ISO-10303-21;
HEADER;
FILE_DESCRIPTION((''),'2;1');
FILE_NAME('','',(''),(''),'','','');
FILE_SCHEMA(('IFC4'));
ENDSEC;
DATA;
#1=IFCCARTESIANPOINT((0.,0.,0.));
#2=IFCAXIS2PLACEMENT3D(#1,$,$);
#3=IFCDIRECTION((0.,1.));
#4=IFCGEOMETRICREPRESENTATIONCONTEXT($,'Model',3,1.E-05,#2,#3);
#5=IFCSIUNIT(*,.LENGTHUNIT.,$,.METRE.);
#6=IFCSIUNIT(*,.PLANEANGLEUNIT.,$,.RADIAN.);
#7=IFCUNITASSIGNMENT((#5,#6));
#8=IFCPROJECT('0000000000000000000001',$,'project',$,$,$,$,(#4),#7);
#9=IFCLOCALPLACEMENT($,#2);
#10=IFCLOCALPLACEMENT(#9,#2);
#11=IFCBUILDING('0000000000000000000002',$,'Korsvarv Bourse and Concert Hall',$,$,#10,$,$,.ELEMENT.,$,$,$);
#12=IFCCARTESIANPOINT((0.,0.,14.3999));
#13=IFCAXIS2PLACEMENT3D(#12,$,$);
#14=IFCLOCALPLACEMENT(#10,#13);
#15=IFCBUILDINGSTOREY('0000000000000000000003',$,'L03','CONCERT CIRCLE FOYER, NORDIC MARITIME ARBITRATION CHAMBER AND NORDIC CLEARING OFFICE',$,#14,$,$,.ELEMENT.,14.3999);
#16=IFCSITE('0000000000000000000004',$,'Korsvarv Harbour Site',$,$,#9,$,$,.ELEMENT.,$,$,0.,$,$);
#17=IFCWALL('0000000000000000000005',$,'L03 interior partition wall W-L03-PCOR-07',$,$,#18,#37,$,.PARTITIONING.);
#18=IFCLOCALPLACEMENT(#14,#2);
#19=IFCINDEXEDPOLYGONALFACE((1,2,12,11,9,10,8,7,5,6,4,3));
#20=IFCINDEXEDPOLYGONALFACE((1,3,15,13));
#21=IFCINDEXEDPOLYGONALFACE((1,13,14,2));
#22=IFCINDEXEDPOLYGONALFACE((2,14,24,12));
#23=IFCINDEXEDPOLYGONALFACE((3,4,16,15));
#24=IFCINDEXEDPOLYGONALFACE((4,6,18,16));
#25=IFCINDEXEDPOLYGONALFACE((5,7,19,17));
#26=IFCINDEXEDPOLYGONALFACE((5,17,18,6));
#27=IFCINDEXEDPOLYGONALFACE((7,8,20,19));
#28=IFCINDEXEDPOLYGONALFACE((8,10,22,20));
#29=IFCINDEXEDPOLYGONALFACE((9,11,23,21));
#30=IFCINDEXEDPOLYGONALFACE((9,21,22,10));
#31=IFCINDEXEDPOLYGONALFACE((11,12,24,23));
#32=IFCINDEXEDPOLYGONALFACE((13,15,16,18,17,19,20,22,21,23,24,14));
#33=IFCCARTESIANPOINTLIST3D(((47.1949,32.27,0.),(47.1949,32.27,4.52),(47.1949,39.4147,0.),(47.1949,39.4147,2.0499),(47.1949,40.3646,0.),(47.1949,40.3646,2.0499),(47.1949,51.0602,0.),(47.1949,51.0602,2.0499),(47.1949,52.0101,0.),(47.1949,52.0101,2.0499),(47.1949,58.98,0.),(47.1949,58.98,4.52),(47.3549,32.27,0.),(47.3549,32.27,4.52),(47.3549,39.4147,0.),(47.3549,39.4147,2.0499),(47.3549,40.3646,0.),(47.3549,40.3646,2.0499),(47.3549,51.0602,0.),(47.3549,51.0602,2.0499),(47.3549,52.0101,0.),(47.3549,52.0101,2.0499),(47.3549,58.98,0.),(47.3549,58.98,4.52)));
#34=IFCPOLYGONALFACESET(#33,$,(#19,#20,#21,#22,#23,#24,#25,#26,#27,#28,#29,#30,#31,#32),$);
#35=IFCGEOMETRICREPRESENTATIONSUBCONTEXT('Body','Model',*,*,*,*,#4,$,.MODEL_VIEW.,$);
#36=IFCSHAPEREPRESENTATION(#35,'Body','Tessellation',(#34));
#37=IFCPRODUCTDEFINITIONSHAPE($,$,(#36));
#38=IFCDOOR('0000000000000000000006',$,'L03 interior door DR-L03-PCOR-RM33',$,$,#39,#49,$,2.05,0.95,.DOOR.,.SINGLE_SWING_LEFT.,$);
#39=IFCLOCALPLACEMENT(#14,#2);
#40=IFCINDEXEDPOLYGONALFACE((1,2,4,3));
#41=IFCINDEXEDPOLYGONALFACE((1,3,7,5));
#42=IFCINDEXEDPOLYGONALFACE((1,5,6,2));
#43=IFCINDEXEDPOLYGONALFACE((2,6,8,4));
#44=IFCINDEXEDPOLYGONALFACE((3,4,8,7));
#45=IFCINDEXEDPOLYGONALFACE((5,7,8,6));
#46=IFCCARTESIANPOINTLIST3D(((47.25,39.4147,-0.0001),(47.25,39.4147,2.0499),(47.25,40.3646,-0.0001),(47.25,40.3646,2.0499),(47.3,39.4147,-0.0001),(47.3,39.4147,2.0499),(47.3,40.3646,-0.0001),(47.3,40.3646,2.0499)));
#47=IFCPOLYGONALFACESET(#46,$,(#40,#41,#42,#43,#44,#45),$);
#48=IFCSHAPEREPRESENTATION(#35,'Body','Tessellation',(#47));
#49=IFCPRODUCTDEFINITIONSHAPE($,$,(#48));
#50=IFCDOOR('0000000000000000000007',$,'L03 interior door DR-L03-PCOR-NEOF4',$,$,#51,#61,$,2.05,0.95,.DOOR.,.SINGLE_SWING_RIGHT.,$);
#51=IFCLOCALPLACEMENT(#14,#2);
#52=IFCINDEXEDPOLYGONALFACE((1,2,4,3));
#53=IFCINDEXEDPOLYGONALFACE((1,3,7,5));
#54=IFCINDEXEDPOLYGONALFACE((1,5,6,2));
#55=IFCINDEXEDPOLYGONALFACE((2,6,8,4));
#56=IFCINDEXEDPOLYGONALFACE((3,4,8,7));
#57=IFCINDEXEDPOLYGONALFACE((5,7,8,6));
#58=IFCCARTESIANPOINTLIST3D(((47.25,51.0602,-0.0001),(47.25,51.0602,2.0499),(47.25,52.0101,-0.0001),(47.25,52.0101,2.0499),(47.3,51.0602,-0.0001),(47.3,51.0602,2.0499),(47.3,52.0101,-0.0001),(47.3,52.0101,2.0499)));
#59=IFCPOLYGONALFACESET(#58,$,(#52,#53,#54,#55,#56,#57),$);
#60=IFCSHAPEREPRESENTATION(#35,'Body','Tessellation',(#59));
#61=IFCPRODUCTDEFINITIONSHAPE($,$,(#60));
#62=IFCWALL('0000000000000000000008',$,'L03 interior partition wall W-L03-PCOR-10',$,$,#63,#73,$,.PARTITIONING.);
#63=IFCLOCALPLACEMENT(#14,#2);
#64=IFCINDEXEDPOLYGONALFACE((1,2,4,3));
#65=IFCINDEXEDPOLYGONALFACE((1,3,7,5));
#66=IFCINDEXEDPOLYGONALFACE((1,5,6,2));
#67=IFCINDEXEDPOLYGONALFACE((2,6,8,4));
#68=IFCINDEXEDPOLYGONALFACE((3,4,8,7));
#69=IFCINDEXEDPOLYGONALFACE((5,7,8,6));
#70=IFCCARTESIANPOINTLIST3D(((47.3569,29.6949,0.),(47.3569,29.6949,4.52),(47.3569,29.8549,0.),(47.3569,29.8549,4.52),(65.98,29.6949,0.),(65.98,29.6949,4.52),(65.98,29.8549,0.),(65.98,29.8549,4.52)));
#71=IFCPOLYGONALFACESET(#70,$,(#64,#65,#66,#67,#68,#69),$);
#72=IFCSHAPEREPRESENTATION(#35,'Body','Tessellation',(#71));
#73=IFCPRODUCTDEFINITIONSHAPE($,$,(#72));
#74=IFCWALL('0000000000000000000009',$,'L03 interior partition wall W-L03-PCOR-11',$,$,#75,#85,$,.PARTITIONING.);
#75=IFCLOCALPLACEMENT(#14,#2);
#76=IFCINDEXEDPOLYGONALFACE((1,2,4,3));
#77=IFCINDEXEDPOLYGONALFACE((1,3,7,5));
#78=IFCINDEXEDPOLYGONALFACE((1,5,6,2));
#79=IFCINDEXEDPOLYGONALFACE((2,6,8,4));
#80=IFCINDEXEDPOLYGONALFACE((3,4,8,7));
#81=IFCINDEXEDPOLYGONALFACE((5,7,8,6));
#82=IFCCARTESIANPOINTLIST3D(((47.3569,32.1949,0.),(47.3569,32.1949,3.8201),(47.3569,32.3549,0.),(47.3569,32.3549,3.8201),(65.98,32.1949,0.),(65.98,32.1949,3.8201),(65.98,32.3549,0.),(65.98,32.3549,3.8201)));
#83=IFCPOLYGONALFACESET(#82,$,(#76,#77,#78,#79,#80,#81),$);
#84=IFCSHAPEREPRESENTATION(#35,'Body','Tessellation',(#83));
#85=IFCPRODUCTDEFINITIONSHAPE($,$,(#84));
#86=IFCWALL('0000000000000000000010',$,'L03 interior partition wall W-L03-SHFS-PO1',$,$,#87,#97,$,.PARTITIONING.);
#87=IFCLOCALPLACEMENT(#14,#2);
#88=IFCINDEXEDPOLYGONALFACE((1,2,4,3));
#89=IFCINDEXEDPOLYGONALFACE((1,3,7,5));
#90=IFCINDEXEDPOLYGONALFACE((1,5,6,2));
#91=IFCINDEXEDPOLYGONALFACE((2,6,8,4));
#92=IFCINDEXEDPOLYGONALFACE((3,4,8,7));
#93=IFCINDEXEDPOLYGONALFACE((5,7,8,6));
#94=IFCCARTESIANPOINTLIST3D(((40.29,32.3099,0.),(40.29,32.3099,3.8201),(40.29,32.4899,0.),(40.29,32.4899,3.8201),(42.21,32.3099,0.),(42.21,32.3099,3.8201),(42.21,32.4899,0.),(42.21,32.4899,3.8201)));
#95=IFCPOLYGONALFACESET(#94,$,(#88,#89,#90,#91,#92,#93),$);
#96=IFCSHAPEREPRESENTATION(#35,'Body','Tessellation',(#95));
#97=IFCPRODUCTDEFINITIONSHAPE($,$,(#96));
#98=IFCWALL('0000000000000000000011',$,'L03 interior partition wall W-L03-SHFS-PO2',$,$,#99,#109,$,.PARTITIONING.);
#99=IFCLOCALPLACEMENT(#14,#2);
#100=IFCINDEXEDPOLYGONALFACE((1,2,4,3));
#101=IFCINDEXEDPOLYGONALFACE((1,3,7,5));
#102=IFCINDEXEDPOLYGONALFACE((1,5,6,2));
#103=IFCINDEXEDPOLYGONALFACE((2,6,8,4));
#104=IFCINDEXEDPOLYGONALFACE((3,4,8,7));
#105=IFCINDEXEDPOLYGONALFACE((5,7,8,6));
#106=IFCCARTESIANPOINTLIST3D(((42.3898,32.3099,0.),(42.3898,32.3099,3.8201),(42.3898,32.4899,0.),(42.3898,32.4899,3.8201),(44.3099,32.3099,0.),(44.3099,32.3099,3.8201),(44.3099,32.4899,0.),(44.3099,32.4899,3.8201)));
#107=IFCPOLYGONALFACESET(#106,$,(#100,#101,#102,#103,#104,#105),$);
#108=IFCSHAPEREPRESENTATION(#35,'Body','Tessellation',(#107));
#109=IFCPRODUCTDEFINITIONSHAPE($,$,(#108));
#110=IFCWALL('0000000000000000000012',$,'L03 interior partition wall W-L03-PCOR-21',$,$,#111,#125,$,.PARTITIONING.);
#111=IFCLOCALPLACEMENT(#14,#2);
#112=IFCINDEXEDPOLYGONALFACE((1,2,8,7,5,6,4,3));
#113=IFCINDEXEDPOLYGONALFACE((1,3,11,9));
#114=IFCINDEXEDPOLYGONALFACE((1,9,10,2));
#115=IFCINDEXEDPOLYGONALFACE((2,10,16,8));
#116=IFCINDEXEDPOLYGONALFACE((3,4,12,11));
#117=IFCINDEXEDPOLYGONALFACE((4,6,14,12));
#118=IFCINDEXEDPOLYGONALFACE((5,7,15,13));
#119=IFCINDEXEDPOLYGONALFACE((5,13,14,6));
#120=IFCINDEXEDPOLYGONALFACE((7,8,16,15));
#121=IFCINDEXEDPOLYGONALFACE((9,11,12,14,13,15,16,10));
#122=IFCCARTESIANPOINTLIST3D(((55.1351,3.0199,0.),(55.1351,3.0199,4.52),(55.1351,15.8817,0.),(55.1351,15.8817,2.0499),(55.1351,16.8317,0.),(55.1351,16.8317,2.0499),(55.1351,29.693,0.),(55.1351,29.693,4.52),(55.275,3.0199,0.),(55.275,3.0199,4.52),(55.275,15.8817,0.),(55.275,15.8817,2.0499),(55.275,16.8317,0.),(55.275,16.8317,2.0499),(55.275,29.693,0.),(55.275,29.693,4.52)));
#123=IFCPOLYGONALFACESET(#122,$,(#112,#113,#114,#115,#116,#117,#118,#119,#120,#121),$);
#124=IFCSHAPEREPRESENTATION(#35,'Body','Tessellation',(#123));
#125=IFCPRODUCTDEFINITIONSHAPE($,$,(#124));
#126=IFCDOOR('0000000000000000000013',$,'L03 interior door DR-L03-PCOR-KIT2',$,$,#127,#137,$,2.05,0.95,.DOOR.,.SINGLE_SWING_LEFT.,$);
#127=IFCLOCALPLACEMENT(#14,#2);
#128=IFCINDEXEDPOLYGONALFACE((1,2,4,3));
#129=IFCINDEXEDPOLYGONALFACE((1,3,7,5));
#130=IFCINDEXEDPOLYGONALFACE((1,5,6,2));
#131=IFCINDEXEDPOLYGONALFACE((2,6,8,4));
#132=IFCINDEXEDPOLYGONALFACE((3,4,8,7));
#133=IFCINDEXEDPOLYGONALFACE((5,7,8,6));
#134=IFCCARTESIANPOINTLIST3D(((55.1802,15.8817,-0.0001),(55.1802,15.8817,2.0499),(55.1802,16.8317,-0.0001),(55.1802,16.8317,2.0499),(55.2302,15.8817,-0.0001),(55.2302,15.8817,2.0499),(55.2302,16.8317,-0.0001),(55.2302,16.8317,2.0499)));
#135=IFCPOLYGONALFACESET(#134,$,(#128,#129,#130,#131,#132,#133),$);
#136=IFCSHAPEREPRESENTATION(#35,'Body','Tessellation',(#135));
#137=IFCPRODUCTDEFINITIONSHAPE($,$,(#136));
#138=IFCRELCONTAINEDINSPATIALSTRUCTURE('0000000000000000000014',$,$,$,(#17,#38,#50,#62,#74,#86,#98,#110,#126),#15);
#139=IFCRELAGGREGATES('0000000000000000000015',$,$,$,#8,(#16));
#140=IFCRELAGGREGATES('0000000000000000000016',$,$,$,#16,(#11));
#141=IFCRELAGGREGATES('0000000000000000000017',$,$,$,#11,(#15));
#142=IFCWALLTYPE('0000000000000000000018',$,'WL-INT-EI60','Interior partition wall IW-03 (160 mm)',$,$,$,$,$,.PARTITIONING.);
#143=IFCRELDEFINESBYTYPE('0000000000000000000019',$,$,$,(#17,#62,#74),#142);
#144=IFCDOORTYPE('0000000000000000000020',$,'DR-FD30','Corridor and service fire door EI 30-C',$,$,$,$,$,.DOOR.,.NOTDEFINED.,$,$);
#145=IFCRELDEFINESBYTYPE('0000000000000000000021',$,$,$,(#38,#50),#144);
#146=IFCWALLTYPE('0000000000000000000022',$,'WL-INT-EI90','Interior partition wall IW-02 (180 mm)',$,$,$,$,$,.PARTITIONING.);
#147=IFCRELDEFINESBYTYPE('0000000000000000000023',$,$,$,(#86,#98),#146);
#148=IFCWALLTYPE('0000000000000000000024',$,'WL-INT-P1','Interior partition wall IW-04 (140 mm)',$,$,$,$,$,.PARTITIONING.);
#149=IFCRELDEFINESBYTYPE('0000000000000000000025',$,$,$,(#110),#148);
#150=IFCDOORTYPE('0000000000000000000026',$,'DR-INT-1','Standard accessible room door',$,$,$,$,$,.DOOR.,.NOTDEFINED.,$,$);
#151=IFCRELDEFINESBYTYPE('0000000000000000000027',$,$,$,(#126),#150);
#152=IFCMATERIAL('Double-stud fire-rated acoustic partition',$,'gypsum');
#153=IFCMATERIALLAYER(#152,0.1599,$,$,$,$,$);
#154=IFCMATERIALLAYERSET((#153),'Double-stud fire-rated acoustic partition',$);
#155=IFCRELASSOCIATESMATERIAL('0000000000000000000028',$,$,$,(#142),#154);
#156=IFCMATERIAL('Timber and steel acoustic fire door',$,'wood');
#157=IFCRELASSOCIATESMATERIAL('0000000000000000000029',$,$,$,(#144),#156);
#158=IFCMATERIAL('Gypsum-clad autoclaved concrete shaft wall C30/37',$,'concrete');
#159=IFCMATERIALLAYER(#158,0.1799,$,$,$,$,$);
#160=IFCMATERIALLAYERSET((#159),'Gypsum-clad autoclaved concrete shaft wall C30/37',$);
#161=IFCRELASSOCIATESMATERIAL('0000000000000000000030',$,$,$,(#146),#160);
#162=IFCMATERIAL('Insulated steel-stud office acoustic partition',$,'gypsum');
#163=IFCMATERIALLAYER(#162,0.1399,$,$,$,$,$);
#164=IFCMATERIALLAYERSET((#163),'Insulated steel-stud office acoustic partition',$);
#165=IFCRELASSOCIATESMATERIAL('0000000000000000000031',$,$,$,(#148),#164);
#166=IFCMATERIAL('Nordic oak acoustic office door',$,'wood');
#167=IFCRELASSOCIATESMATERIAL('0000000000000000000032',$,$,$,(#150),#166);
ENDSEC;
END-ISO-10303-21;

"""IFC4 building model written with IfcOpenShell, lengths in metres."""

from ifc_helpers import new_model, si_unit, direction, frame, frame_2d, origin, place, context, subcontext, project, spatial, rectangle, extrude, material, layer, layer_set, type_object, element, fill, save


model = new_model("IFC4")

# Units and contexts
model_context = context("Model", 3, precision=1e-05, world=origin(), true_north=direction((0.0, 1.0)))
body_context = subcontext(model_context, "Body", "Model", "MODEL_VIEW")
ifc_project = project(units=[si_unit("LENGTHUNIT", "METRE"), si_unit("PLANEANGLEUNIT", "RADIAN")], contexts=[model_context])

# Site, building, storey
site_placement = place(None, origin())
site = spatial("IfcSite", under=ifc_project, at=site_placement, Name="Korsvarv Harbour Site", CompositionType="ELEMENT", RefElevation=0.0)
building_placement = place(site_placement, origin())
building = spatial("IfcBuilding", under=site, at=building_placement, Name="Korsvarv Bourse and Concert Hall", CompositionType="ELEMENT")
storey_placement = place(building_placement, frame((0.0, 0.0, 14.3999)))
storey = spatial("IfcBuildingStorey", under=building, at=storey_placement, Name="L03", Description="CONCERT CIRCLE FOYER, NORDIC MARITIME ARBITRATION CHAMBER AND NORDIC CLEARING OFFICE", CompositionType="ELEMENT", Elevation=14.3999)

# Wall, openings, doors
ifc_material_1 = material(Name="Double-stud fire-rated acoustic partition", Category="gypsum")
ifc_layer_1 = layer(ifc_material_1, 0.1599)
ifc_layer_set_1 = layer_set([ifc_layer_1], Name="Double-stud fire-rated acoustic partition")
wall_type_1 = type_object("IfcWallType", Name="WL-INT-EI60", Description="Interior partition wall IW-03 (160 mm)", PredefinedType="PARTITIONING", material=ifc_layer_set_1)
wall_1_placement = place(storey_placement, frame((47.2749, 32.27, 0.0), z_axis=(0.0, 0.0, 1.0), x_axis=(0.0, 1.0, 0.0)))
wall_1 = element("IfcWall", 1, at=wall_1_placement, inside=storey, type_object=wall_type_1, Name="L03 interior partition wall W-L03-PCOR-07", PredefinedType="PARTITIONING", context=body_context, shape_type="SweptSolid", body=[
    extrude(rectangle(XDim=26.71, YDim=0.1599, at=frame_2d((13.355, 0.0))), origin(), (0.0, 0.0, 1.0), 4.52),
])
opening_1_placement = place(wall_1_placement, frame((7.1445, 0.0, 0.0)))
opening_1 = element("IfcOpeningElement", 2, at=opening_1_placement, cuts=wall_1, PredefinedType="OPENING", context=body_context, shape_type="SweptSolid", body=[
    extrude(rectangle(XDim=0.95, YDim=2.05, at=frame_2d((0.4751, 1.0249))), frame((0.0, 0.0898, 0.0), z_axis=(0.0, -1.0, 0.0), x_axis=(1.0, 0.0, 0.0)), (0.0, 0.0, 1.0), 0.1799),
])
opening_2_placement = place(wall_1_placement, frame((18.79, 0.0, 0.0)))
opening_2 = element("IfcOpeningElement", 3, at=opening_2_placement, cuts=wall_1, PredefinedType="OPENING", context=body_context, shape_type="SweptSolid", body=[
    extrude(rectangle(XDim=0.95, YDim=2.05, at=frame_2d((0.4751, 1.0249))), frame((0.0, 0.0898, 0.0), z_axis=(0.0, -1.0, 0.0), x_axis=(1.0, 0.0, 0.0)), (0.0, 0.0, 1.0), 0.1799),
])
ifc_material_2 = material(Name="Timber and steel acoustic fire door", Category="wood")
door_type_1 = type_object("IfcDoorType", Name="DR-FD30", Description="Corridor and service fire door EI 30-C", OperationType="NOTDEFINED", PredefinedType="DOOR", material=ifc_material_2)
door_1_placement = place(opening_1_placement, origin())
door_1 = element("IfcDoor", 4, at=door_1_placement, inside=storey, type_object=door_type_1, Name="L03 interior door DR-L03-PCOR-RM33", OperationType="SINGLE_SWING_LEFT", OverallHeight=2.05, OverallWidth=0.95, PredefinedType="DOOR", context=body_context, shape_type="SweptSolid", body=[
    extrude(rectangle(XDim=0.95, YDim=2.05, at=frame_2d((0.4751, 1.0249))), frame((0.0, 0.0249, 0.0), z_axis=(0.0, -1.0, 0.0), x_axis=(1.0, 0.0, 0.0)), (0.0, 0.0, 1.0), 0.05),
])
fill(opening_1, door_1)
door_2_placement = place(opening_2_placement, origin())
door_2 = element("IfcDoor", 5, at=door_2_placement, inside=storey, type_object=door_type_1, Name="L03 interior door DR-L03-PCOR-NEOF4", OperationType="SINGLE_SWING_RIGHT", OverallHeight=2.05, OverallWidth=0.95, PredefinedType="DOOR", context=body_context, shape_type="SweptSolid", body=[
    extrude(rectangle(XDim=0.95, YDim=2.05, at=frame_2d((0.4751, 1.0249))), frame((0.0, 0.0249, 0.0), z_axis=(0.0, -1.0, 0.0), x_axis=(1.0, 0.0, 0.0)), (0.0, 0.0, 1.0), 0.05),
])
fill(opening_2, door_2)

# Walls
wall_2_placement = place(storey_placement, frame((47.3569, 29.7749, 0.0), z_axis=(0.0, 0.0, 1.0), x_axis=(1.0, 0.0, 0.0)))
element("IfcWall", 6, at=wall_2_placement, inside=storey, type_object=wall_type_1, Name="L03 interior partition wall W-L03-PCOR-10", PredefinedType="PARTITIONING", context=body_context, shape_type="SweptSolid", body=[
    extrude(rectangle(XDim=18.623, YDim=0.1599, at=frame_2d((9.3115, 0.0))), origin(), (0.0, 0.0, 1.0), 4.52),
])
wall_3_placement = place(storey_placement, frame((47.3569, 32.2749, 0.0), z_axis=(0.0, 0.0, 1.0), x_axis=(1.0, 0.0, 0.0)))
element("IfcWall", 7, at=wall_3_placement, inside=storey, type_object=wall_type_1, Name="L03 interior partition wall W-L03-PCOR-11", PredefinedType="PARTITIONING", context=body_context, shape_type="SweptSolid", body=[
    extrude(rectangle(XDim=18.623, YDim=0.1599, at=frame_2d((9.3115, 0.0))), origin(), (0.0, 0.0, 1.0), 3.8201),
])
ifc_material_3 = material(Name="Gypsum-clad autoclaved concrete shaft wall C30/37", Category="concrete")
ifc_layer_2 = layer(ifc_material_3, 0.1799)
ifc_layer_set_2 = layer_set([ifc_layer_2], Name="Gypsum-clad autoclaved concrete shaft wall C30/37")
wall_type_2 = type_object("IfcWallType", Name="WL-INT-EI90", Description="Interior partition wall IW-02 (180 mm)", PredefinedType="PARTITIONING", material=ifc_layer_set_2)
wall_4_placement = place(storey_placement, frame((40.29, 32.3999, 0.0), z_axis=(0.0, 0.0, 1.0), x_axis=(1.0, 0.0, 0.0)))
element("IfcWall", 8, at=wall_4_placement, inside=storey, type_object=wall_type_2, Name="L03 interior partition wall W-L03-SHFS-PO1", PredefinedType="PARTITIONING", context=body_context, shape_type="SweptSolid", body=[
    extrude(rectangle(XDim=1.9199, YDim=0.1799, at=frame_2d((0.96, 0.0))), origin(), (0.0, 0.0, 1.0), 3.8201),
])
wall_5_placement = place(storey_placement, frame((42.3899, 32.3999, 0.0), z_axis=(0.0, 0.0, 1.0), x_axis=(1.0, 0.0, 0.0)))
element("IfcWall", 9, at=wall_5_placement, inside=storey, type_object=wall_type_2, Name="L03 interior partition wall W-L03-SHFS-PO2", PredefinedType="PARTITIONING", context=body_context, shape_type="SweptSolid", body=[
    extrude(rectangle(XDim=1.9202, YDim=0.1799, at=frame_2d((0.96, 0.0))), origin(), (0.0, 0.0, 1.0), 3.8201),
])

# Wall, opening, door
ifc_material_4 = material(Name="Insulated steel-stud office acoustic partition", Category="gypsum")
ifc_layer_3 = layer(ifc_material_4, 0.1399)
ifc_layer_set_3 = layer_set([ifc_layer_3], Name="Insulated steel-stud office acoustic partition")
wall_type_3 = type_object("IfcWallType", Name="WL-INT-P1", Description="Interior partition wall IW-04 (140 mm)", PredefinedType="PARTITIONING", material=ifc_layer_set_3)
wall_6_placement = place(storey_placement, frame((55.2051, 3.02, 0.0), z_axis=(0.0, 0.0, 1.0), x_axis=(0.0, 1.0, 0.0)))
wall_6 = element("IfcWall", 10, at=wall_6_placement, inside=storey, type_object=wall_type_3, Name="L03 interior partition wall W-L03-PCOR-21", PredefinedType="PARTITIONING", context=body_context, shape_type="SweptSolid", body=[
    extrude(rectangle(XDim=26.6731, YDim=0.1399, at=frame_2d((13.3364, 0.0))), origin(), (0.0, 0.0, 1.0), 4.52),
])
opening_3_placement = place(wall_6_placement, frame((12.8616, 0.0, 0.0)))
opening_3 = element("IfcOpeningElement", 11, at=opening_3_placement, cuts=wall_6, PredefinedType="OPENING", context=body_context, shape_type="SweptSolid", body=[
    extrude(rectangle(XDim=0.95, YDim=2.05, at=frame_2d((0.4751, 1.0249))), frame((0.0, 0.0801, 0.0), z_axis=(0.0, -1.0, 0.0), x_axis=(1.0, 0.0, 0.0)), (0.0, 0.0, 1.0), 0.1599),
])
ifc_material_5 = material(Name="Nordic oak acoustic office door", Category="wood")
door_type_2 = type_object("IfcDoorType", Name="DR-INT-1", Description="Standard accessible room door", OperationType="NOTDEFINED", PredefinedType="DOOR", material=ifc_material_5)
door_3_placement = place(opening_3_placement, origin())
door_3 = element("IfcDoor", 12, at=door_3_placement, inside=storey, type_object=door_type_2, Name="L03 interior door DR-L03-PCOR-KIT2", OperationType="SINGLE_SWING_LEFT", OverallHeight=2.05, OverallWidth=0.95, PredefinedType="DOOR", context=body_context, shape_type="SweptSolid", body=[
    extrude(rectangle(XDim=0.95, YDim=2.05, at=frame_2d((0.4751, 1.0249))), frame((0.0, 0.0249, 0.0), z_axis=(0.0, -1.0, 0.0), x_axis=(1.0, 0.0, 0.0)), (0.0, 0.0, 1.0), 0.05),
])
fill(opening_3, door_3)

save(model, "model.ifc")
